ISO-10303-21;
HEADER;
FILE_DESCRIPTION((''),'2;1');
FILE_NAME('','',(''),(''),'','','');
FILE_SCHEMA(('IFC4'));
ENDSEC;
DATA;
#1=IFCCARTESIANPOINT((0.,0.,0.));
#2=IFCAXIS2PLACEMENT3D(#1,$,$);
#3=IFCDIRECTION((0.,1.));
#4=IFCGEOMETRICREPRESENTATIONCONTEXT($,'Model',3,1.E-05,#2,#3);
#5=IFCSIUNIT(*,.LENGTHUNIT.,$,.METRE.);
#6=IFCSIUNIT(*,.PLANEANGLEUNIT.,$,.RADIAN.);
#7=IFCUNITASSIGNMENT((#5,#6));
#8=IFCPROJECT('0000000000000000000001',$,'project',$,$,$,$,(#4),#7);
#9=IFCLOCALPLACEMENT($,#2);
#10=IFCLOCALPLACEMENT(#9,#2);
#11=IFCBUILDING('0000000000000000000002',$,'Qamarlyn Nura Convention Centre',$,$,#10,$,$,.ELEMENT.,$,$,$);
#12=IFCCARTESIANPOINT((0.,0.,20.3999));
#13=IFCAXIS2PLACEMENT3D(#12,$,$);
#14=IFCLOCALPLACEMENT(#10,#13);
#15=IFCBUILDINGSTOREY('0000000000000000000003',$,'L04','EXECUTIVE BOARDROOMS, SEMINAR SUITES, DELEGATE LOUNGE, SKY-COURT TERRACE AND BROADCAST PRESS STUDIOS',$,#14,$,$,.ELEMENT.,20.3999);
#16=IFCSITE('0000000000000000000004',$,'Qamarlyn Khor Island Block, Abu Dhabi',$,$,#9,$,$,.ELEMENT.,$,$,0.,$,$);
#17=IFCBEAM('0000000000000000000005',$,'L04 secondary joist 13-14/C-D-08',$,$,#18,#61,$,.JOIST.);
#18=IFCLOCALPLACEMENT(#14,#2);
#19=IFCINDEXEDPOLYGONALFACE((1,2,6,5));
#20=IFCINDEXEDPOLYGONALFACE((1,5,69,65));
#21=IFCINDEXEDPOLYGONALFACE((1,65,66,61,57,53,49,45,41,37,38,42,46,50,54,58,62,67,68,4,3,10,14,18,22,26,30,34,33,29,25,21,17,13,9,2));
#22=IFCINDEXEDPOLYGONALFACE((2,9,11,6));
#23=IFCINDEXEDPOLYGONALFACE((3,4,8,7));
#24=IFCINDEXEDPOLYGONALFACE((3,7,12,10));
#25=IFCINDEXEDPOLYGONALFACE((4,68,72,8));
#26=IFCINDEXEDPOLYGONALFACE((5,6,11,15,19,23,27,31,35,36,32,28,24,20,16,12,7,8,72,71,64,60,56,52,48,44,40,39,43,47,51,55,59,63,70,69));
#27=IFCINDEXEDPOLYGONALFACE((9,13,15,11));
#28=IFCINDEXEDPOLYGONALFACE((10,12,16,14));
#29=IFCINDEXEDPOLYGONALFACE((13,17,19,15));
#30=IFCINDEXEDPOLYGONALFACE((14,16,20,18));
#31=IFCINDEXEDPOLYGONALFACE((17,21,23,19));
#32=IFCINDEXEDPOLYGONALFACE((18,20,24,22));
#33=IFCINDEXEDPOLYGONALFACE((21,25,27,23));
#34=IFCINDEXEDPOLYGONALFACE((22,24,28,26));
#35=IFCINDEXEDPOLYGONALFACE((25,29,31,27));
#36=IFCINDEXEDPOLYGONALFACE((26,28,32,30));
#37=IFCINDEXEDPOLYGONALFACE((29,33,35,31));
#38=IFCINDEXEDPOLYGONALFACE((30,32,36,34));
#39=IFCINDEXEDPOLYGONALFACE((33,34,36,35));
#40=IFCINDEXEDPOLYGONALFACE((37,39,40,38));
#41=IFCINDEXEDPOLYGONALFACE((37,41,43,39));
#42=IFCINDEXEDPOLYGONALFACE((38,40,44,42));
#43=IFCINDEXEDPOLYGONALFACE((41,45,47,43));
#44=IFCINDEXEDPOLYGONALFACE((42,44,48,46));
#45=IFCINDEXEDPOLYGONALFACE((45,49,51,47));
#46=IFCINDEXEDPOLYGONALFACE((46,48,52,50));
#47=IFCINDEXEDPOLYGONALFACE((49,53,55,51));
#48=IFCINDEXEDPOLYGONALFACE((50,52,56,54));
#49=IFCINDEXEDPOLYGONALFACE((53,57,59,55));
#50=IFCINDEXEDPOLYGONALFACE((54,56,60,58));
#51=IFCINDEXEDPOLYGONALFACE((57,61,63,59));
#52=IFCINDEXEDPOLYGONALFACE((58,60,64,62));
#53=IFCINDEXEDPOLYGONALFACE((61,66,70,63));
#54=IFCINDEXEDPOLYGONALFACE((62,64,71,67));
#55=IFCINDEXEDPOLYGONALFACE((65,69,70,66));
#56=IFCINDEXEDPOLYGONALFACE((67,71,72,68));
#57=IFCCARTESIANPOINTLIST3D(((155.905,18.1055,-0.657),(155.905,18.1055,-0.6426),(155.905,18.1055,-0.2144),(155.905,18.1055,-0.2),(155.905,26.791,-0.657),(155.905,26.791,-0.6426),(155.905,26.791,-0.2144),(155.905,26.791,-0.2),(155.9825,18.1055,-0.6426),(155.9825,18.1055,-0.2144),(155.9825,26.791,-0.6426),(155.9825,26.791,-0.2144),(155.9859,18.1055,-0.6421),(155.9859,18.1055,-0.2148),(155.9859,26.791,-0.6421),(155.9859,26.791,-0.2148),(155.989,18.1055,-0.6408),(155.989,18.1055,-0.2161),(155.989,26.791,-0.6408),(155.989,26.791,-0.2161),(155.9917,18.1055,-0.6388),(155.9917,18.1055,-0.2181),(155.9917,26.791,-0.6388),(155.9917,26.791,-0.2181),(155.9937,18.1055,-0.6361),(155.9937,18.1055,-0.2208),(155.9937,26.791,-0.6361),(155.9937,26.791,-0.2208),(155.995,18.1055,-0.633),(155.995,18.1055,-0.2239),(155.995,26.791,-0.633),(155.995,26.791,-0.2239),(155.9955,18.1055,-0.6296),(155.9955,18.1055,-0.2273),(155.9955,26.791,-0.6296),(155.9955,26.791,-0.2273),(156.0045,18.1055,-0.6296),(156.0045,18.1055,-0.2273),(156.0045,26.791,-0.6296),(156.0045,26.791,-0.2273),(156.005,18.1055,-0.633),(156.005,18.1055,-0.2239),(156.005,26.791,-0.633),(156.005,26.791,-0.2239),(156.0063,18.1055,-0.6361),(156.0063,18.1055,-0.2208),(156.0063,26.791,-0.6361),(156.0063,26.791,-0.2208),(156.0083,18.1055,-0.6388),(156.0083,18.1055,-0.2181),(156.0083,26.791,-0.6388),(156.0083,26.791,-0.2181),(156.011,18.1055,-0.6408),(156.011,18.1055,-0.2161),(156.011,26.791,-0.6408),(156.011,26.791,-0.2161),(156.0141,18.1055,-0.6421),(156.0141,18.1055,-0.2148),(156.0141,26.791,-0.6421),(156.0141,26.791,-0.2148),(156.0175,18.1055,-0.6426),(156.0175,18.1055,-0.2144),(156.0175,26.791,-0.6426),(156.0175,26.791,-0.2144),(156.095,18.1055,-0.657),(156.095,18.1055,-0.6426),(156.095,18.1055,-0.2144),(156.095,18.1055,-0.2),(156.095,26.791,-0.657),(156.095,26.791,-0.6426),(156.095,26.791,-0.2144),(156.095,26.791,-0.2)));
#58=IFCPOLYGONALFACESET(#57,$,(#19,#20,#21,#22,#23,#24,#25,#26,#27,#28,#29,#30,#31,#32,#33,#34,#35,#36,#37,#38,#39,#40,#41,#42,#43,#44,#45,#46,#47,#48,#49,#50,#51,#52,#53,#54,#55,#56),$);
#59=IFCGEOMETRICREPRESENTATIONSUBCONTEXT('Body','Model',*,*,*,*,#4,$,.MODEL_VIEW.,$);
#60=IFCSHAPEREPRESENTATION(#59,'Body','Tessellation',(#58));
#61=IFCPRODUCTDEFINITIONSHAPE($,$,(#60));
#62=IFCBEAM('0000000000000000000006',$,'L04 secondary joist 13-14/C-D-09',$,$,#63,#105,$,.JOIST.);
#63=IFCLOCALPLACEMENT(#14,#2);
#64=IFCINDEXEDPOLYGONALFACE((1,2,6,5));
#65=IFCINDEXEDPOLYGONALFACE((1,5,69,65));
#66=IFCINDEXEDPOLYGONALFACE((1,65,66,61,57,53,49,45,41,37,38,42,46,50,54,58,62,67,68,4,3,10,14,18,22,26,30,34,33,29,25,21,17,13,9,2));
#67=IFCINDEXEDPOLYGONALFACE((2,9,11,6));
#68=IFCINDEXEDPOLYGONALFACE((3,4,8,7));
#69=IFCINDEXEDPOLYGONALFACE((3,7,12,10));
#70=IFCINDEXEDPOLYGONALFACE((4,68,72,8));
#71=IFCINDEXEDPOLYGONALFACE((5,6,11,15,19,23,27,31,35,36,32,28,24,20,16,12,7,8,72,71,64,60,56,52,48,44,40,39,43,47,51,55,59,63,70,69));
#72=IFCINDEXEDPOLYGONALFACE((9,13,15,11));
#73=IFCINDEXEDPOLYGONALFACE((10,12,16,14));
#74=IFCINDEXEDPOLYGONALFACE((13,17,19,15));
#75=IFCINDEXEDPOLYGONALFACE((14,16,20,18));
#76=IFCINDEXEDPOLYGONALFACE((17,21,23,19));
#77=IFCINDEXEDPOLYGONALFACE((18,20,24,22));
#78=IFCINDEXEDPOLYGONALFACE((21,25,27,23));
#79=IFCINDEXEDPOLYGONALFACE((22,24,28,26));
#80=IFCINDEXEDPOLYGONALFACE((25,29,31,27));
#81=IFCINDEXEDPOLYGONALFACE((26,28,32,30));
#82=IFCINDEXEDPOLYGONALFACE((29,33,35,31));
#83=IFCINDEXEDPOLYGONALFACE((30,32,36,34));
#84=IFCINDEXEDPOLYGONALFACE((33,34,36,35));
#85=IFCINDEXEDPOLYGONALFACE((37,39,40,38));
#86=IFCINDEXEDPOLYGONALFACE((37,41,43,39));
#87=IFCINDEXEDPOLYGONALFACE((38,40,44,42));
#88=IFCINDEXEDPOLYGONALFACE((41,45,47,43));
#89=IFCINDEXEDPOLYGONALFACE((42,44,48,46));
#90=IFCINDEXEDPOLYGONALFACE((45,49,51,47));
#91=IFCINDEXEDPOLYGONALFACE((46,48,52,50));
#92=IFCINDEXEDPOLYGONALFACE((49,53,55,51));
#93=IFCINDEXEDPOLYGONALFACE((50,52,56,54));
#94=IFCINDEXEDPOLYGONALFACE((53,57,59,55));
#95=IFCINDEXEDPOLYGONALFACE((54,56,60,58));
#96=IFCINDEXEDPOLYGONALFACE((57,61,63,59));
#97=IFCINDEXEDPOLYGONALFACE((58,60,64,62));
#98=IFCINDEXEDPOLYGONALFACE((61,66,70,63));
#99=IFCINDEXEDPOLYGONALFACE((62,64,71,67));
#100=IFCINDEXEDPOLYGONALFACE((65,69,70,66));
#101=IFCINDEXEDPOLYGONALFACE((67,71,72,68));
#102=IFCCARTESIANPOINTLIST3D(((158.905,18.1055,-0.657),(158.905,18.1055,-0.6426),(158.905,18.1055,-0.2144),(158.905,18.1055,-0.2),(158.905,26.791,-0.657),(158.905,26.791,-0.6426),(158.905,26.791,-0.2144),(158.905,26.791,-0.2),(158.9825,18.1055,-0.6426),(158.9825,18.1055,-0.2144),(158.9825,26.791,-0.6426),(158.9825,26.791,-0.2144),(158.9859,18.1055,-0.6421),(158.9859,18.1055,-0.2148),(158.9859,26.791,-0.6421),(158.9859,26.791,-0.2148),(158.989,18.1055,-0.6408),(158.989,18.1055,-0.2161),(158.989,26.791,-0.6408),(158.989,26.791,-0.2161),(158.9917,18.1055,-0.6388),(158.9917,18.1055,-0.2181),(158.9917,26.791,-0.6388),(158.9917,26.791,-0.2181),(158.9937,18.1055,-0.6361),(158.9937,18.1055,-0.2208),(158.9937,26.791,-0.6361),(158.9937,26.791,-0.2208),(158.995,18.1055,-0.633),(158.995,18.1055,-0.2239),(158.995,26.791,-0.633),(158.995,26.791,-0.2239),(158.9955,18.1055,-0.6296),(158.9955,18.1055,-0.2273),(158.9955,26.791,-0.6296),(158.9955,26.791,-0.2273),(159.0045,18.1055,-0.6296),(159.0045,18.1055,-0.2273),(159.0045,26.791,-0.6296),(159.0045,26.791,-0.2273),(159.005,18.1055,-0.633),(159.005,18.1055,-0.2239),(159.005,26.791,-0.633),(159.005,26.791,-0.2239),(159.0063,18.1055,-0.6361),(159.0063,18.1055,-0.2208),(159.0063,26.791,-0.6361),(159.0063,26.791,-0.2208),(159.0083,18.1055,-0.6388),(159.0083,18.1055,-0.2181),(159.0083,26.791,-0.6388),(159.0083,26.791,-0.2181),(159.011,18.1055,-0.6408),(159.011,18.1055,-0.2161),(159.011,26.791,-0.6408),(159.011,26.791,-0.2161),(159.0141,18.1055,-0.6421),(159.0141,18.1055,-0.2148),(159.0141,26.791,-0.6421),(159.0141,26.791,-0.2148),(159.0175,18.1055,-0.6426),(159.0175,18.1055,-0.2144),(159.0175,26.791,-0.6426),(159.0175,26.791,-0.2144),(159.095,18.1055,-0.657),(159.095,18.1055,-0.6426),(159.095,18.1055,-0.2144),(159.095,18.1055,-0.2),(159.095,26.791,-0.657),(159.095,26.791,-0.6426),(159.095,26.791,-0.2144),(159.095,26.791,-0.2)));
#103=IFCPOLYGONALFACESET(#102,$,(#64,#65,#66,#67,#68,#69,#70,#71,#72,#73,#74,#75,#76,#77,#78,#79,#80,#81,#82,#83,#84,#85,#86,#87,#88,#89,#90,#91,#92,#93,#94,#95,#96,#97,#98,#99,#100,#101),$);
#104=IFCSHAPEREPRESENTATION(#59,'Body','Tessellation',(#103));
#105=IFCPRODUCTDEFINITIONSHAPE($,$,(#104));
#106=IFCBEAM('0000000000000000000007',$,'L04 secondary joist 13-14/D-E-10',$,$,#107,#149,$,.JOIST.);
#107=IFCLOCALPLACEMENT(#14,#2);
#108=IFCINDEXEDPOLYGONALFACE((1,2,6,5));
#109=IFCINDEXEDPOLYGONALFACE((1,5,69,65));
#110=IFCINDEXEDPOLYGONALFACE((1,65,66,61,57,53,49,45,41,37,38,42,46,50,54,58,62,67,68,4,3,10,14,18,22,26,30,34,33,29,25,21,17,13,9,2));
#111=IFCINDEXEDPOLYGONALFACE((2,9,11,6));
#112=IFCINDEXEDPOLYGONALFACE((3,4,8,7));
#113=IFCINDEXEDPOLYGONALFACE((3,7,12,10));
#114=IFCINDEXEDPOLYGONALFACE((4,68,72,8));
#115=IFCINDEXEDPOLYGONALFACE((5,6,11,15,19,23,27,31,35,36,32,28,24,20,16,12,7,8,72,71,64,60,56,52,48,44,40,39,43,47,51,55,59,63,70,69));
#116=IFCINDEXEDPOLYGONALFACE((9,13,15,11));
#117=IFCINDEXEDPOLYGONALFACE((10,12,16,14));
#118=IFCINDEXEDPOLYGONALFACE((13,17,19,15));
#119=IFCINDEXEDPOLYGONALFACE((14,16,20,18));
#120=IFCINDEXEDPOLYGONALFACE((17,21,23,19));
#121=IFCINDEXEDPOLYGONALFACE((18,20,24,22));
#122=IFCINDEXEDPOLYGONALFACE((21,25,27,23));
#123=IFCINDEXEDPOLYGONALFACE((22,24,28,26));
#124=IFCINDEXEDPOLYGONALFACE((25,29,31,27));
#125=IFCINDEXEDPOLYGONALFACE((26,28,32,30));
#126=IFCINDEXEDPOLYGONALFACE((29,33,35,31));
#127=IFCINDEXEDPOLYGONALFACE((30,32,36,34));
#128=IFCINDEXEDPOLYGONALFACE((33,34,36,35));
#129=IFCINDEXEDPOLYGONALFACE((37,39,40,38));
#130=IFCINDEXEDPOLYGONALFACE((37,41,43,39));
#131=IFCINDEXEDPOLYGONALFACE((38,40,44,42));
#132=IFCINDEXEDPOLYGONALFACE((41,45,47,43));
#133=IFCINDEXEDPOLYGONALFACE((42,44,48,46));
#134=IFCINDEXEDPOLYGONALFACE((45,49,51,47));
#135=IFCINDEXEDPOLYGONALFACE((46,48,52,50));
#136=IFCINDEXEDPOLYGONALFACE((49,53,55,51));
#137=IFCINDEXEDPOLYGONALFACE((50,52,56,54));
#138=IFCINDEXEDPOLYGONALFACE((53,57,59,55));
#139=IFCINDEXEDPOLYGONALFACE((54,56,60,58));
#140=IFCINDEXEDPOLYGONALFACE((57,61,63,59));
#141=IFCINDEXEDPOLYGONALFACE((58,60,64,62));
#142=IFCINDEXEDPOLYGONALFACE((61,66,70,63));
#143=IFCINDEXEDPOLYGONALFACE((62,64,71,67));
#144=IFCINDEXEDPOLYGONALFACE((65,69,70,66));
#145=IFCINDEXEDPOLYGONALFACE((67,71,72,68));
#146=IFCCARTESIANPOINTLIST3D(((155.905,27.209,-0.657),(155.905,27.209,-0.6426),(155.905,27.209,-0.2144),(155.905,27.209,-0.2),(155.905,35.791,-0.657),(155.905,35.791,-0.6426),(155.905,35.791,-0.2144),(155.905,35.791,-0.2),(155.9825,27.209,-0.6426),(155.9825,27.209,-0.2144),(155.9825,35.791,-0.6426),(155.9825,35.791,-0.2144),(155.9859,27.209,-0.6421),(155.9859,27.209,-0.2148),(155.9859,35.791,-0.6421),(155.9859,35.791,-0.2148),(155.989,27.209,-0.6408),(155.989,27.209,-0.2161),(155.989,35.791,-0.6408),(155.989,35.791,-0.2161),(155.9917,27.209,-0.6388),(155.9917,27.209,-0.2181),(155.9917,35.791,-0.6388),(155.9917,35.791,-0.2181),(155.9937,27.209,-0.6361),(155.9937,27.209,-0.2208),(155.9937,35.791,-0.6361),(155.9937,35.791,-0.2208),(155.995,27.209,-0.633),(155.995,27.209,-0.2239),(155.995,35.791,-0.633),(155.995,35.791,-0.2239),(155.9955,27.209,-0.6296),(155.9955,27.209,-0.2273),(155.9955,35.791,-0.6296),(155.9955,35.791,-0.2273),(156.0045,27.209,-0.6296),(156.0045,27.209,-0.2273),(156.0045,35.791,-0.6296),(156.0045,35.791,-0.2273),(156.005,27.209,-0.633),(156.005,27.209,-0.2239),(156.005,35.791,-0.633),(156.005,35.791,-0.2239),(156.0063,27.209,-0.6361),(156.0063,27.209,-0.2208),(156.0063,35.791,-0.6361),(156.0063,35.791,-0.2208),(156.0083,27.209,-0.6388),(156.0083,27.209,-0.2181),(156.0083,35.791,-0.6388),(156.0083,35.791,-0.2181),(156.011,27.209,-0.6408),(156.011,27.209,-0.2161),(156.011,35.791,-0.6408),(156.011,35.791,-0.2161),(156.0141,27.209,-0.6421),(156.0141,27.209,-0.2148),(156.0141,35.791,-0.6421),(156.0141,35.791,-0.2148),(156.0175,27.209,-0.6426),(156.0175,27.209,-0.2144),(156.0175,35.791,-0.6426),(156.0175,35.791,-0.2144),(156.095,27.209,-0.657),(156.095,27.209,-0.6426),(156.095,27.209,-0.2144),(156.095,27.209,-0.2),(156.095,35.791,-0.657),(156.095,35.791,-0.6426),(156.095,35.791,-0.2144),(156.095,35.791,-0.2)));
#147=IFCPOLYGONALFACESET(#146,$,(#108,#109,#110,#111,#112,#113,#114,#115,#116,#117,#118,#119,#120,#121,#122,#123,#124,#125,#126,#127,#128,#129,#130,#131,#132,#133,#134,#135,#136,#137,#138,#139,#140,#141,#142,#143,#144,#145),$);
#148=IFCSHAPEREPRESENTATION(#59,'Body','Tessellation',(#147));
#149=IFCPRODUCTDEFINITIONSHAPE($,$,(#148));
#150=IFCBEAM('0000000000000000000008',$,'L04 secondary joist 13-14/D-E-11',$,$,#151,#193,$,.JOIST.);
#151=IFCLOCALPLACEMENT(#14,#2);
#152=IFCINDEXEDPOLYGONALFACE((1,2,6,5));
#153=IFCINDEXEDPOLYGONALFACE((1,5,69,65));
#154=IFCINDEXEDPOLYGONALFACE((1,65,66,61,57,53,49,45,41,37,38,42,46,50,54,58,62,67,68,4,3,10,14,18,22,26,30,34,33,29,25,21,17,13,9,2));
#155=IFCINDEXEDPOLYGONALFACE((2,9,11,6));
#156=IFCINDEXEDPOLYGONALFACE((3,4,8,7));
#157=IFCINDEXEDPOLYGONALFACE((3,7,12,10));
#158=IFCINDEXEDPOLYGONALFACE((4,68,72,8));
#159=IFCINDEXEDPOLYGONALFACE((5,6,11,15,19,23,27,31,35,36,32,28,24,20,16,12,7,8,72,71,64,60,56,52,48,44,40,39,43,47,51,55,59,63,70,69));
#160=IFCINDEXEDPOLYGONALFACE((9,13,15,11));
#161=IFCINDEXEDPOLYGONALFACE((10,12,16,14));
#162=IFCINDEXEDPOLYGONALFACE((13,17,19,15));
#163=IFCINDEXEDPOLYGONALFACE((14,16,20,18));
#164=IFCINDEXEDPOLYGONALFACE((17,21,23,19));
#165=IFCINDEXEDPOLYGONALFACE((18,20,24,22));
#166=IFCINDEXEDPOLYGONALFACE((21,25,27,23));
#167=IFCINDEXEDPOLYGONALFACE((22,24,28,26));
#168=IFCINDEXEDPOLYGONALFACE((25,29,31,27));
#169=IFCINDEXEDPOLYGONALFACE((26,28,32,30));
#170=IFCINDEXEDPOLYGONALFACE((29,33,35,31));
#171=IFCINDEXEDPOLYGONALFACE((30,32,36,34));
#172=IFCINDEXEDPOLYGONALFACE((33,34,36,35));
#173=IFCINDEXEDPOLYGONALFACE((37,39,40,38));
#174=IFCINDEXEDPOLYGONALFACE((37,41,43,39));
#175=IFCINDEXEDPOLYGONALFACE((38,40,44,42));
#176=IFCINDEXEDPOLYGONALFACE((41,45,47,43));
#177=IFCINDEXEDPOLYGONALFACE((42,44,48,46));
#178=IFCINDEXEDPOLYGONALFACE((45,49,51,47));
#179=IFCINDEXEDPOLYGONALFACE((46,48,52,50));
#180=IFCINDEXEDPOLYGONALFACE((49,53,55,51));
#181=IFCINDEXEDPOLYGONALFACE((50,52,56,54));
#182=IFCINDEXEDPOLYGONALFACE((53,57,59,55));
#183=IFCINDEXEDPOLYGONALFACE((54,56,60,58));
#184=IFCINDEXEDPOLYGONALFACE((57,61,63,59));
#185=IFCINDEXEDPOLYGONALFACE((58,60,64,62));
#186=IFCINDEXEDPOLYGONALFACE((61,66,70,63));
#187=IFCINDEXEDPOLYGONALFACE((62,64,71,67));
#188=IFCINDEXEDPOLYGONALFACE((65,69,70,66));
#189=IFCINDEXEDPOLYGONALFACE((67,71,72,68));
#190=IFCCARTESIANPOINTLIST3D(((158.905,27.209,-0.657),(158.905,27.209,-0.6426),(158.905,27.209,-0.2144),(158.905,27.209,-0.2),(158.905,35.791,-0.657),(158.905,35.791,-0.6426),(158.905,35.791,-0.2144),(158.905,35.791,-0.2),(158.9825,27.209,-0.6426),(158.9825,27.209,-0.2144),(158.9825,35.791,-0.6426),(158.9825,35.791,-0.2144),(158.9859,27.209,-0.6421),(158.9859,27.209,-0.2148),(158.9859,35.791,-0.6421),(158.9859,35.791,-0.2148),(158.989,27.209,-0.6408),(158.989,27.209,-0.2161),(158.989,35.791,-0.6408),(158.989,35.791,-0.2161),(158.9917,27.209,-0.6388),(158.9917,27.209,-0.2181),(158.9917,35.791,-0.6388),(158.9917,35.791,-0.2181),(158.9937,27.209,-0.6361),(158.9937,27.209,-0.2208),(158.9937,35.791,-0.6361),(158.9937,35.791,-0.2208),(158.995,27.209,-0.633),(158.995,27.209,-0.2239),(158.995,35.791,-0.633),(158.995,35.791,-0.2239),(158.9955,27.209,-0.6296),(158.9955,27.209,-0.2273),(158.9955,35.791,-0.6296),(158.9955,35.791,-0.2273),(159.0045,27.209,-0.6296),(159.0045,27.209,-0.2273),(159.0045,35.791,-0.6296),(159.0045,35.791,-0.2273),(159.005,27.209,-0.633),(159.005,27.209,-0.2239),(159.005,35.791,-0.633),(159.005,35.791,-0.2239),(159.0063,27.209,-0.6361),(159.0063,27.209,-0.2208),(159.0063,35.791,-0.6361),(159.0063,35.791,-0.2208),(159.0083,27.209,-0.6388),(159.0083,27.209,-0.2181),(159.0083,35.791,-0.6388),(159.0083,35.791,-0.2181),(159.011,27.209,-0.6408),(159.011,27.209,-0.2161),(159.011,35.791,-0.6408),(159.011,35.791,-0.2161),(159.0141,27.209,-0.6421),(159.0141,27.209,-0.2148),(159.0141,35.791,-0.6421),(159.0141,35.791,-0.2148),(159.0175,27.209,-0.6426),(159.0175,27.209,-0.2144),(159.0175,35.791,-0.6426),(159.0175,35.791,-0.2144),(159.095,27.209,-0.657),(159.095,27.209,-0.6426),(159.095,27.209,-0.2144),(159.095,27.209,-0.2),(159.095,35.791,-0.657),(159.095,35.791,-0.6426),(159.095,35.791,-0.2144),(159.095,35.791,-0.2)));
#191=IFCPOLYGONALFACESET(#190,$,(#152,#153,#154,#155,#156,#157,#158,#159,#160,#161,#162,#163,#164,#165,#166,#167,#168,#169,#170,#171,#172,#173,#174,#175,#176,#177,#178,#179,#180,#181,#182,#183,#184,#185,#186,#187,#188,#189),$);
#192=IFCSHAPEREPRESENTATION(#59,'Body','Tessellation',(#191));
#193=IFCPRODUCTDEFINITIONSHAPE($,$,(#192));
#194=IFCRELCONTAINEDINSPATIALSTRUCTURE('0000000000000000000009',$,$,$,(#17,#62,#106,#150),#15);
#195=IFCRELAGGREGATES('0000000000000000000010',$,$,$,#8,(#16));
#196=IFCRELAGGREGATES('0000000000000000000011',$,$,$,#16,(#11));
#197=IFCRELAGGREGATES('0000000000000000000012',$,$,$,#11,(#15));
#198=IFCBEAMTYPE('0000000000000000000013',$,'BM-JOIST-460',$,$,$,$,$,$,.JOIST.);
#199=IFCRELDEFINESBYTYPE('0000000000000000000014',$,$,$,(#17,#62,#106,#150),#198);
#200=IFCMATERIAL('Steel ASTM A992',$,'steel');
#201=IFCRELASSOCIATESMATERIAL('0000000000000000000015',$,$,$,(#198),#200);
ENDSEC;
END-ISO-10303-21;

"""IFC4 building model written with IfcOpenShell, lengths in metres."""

from ifc_helpers import new_model, si_unit, direction, frame, origin, origin_2d, place, context, subcontext, project, spatial, i_section, extrude, material, material_profile, profile_set, type_object, element, save


model = new_model("IFC4")

# Units and contexts
model_context = context("Model", 3, precision=1e-05, world=origin(), true_north=direction((0.0, 1.0)))
body_context = subcontext(model_context, "Body", "Model", "MODEL_VIEW")
ifc_project = project(units=[si_unit("LENGTHUNIT", "METRE"), si_unit("PLANEANGLEUNIT", "RADIAN")], contexts=[model_context])

# Site, building, storey
site_placement = place(None, origin())
site = spatial("IfcSite", under=ifc_project, at=site_placement, Name="Qamarlyn Khor Island Block, Abu Dhabi", CompositionType="ELEMENT", RefElevation=0.0)
building_placement = place(site_placement, origin())
building = spatial("IfcBuilding", under=site, at=building_placement, Name="Qamarlyn Nura Convention Centre", CompositionType="ELEMENT")
storey_placement = place(building_placement, frame((0.0, 0.0, 20.3999)))
storey = spatial("IfcBuildingStorey", under=building, at=storey_placement, Name="L04", Description="EXECUTIVE BOARDROOMS, SEMINAR SUITES, DELEGATE LOUNGE, SKY-COURT TERRACE AND BROADCAST PRESS STUDIOS", CompositionType="ELEMENT", Elevation=20.3999)

# Shared definitions
ifc_material_1 = material(Name="Steel ASTM A992", Category="steel")

# Beams
ifc_material_profile_1 = material_profile(ifc_material_1, i_section(OverallWidth=0.1899, OverallDepth=0.457, WebThickness=0.009, FlangeThickness=0.0144, FilletRadius=0.0129, at=origin_2d()), Name="W460X74")
ifc_profile_set_1 = profile_set([ifc_material_profile_1], Name="Steel ASTM A992")
beam_type_1 = type_object("IfcBeamType", Name="BM-JOIST-460", PredefinedType="JOIST", material=ifc_profile_set_1)
for number, where, z_axis, x_axis, name in (
    (1, (156.0, 18.1055, -0.4285), (0.0, 1.0, 0.0), (-1.0, 0.0, 0.0), "L04 secondary joist 13-14/C-D-08"),
    (2, (159.0, 18.1055, -0.4285), (0.0, 1.0, 0.0), (-1.0, 0.0, 0.0), "L04 secondary joist 13-14/C-D-09"),
):
    element("IfcBeam", number, at=place(storey_placement, frame(where, z_axis=z_axis, x_axis=x_axis)), inside=storey, type_object=beam_type_1, Name=name, PredefinedType="JOIST", context=body_context, shape_type="SweptSolid", body=[
        extrude(i_section(OverallWidth=0.1899, OverallDepth=0.457, WebThickness=0.009, FlangeThickness=0.0144, FilletRadius=0.0129, at=origin_2d()), origin(), (0.0, 0.0, 1.0), 8.6855),
    ])
for number, where, z_axis, x_axis, name in (
    (3, (156.0, 27.209, -0.4285), (0.0, 1.0, 0.0), (-1.0, 0.0, 0.0), "L04 secondary joist 13-14/D-E-10"),
    (4, (159.0, 27.209, -0.4285), (0.0, 1.0, 0.0), (-1.0, 0.0, 0.0), "L04 secondary joist 13-14/D-E-11"),
):
    element("IfcBeam", number, at=place(storey_placement, frame(where, z_axis=z_axis, x_axis=x_axis)), inside=storey, type_object=beam_type_1, Name=name, PredefinedType="JOIST", context=body_context, shape_type="SweptSolid", body=[
        extrude(i_section(OverallWidth=0.1899, OverallDepth=0.457, WebThickness=0.009, FlangeThickness=0.0144, FilletRadius=0.0129, at=origin_2d()), origin(), (0.0, 0.0, 1.0), 8.582),
    ])

save(model, "model.ifc")
